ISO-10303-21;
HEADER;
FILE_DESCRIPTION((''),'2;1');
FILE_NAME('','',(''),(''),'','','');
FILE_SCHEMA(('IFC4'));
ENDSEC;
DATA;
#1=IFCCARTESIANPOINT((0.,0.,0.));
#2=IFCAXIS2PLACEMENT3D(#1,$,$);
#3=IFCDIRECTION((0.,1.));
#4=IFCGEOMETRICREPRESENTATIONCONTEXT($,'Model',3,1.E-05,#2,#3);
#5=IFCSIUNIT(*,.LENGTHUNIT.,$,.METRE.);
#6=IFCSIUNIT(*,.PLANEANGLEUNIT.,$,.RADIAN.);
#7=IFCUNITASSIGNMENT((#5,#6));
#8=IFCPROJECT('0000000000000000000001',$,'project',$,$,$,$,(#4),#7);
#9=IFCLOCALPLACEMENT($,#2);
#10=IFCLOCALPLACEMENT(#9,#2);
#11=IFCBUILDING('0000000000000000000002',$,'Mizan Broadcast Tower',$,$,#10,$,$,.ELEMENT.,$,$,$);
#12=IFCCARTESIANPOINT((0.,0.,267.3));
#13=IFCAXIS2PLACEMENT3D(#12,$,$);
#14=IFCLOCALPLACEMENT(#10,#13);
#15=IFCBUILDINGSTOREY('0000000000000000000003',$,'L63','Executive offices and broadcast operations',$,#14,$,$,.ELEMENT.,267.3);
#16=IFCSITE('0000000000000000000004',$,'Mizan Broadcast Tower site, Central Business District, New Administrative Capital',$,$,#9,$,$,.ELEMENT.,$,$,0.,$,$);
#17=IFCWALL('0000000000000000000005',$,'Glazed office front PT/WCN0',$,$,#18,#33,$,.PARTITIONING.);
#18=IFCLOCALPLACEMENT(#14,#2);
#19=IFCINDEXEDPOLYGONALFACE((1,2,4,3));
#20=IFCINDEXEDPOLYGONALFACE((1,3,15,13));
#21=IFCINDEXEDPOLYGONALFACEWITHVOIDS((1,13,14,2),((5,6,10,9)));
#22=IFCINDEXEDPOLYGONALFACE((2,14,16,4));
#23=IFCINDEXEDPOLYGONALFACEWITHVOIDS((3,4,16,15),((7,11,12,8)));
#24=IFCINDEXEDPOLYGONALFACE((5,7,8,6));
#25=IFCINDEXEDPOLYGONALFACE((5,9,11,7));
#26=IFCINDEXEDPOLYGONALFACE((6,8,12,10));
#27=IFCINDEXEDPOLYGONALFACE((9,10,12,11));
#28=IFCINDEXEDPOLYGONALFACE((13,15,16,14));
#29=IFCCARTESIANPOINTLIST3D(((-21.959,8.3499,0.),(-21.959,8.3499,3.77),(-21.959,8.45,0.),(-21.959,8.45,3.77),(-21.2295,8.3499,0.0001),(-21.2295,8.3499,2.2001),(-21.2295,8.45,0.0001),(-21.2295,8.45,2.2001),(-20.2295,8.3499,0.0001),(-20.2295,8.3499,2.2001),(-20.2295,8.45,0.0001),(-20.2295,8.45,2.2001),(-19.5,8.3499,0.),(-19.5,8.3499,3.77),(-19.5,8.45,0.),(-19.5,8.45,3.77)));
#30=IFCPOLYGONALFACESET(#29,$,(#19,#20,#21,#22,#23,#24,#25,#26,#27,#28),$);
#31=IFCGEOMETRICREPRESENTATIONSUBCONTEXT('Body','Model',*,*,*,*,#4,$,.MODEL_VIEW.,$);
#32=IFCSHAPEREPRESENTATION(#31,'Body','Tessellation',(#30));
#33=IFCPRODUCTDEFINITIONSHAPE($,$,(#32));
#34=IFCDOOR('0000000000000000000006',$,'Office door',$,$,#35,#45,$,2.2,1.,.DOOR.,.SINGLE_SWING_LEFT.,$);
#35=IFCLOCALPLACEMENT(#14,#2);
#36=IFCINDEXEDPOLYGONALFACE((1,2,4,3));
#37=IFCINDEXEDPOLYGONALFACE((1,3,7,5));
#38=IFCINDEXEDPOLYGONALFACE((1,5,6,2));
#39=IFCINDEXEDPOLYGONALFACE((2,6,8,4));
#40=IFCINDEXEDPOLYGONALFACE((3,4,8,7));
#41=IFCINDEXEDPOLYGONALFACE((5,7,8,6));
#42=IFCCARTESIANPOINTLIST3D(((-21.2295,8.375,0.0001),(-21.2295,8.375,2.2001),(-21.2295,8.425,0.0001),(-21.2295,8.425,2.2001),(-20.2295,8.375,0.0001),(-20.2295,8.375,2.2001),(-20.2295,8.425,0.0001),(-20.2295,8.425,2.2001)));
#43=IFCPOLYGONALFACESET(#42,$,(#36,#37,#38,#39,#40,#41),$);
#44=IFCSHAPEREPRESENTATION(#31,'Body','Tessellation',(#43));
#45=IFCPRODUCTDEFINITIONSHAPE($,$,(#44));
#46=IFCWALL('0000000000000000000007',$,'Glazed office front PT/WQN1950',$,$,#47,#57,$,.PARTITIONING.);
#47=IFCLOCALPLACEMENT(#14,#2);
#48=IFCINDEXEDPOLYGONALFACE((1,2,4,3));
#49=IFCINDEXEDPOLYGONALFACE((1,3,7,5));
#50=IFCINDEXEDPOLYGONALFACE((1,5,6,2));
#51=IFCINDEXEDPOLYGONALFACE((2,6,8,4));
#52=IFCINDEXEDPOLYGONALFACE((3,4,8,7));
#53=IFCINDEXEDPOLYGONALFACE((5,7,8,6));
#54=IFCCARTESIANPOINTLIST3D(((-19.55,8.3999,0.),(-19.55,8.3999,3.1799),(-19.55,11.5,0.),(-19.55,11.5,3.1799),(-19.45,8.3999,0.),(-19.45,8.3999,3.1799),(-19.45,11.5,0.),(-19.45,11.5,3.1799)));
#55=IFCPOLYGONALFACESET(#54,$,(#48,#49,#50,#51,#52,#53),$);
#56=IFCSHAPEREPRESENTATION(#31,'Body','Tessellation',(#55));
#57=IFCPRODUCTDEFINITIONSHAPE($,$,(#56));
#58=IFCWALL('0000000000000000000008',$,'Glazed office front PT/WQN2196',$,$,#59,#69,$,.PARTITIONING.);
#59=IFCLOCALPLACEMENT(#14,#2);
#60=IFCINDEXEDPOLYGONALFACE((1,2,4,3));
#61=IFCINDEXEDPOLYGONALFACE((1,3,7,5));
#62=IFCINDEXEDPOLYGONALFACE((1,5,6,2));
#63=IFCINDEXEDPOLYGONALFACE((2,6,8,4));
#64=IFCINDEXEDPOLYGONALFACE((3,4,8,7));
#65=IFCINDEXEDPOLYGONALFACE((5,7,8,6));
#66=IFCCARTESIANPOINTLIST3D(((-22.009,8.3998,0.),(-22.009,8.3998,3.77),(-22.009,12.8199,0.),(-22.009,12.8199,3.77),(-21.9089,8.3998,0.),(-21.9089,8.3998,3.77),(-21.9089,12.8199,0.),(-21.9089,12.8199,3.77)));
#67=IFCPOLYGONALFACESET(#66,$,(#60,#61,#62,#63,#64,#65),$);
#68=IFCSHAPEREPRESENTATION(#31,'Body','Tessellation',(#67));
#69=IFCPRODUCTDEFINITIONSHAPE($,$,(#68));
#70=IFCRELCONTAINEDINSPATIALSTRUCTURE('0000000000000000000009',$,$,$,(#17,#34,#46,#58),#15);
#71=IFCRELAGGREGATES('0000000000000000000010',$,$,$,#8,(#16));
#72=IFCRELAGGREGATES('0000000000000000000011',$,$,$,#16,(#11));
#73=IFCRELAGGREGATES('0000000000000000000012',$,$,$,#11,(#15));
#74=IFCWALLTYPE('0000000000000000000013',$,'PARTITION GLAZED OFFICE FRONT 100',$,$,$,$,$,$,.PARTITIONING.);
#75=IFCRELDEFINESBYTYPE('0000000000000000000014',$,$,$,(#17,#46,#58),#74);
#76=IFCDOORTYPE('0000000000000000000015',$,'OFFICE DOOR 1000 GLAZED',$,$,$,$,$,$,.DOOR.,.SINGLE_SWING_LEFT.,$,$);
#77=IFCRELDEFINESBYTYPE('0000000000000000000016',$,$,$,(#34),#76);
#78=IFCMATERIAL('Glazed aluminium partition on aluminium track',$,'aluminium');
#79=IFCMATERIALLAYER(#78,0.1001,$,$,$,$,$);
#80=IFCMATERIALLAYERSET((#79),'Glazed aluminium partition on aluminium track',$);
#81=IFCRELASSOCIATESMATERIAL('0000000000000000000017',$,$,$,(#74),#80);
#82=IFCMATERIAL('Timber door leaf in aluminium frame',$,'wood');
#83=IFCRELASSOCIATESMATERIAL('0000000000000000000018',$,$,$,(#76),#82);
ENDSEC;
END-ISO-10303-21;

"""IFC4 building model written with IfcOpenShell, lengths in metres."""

from ifc_helpers import new_model, si_unit, direction, frame, frame_2d, origin, place, context, subcontext, project, spatial, rectangle, extrude, material, layer, layer_set, type_object, element, fill, save


model = new_model("IFC4")

# Units and contexts
model_context = context("Model", 3, precision=1e-05, world=origin(), true_north=direction((0.0, 1.0)))
body_context = subcontext(model_context, "Body", "Model", "MODEL_VIEW")
ifc_project = project(units=[si_unit("LENGTHUNIT", "METRE"), si_unit("PLANEANGLEUNIT", "RADIAN")], contexts=[model_context])

# Site, building, storey
site_placement = place(None, origin())
site = spatial("IfcSite", under=ifc_project, at=site_placement, Name="Mizan Broadcast Tower site, Central Business District, New Administrative Capital", CompositionType="ELEMENT", RefElevation=0.0)
building_placement = place(site_placement, origin())
building = spatial("IfcBuilding", under=site, at=building_placement, Name="Mizan Broadcast Tower", CompositionType="ELEMENT")
storey_placement = place(building_placement, frame((0.0, 0.0, 267.3)))
storey = spatial("IfcBuildingStorey", under=building, at=storey_placement, Name="L63", Description="Executive offices and broadcast operations", CompositionType="ELEMENT", Elevation=267.3)

# Wall, opening, door
ifc_material_1 = material(Name="Glazed aluminium partition on aluminium track", Category="aluminium")
ifc_layer_1 = layer(ifc_material_1, 0.1001)
ifc_layer_set_1 = layer_set([ifc_layer_1], Name="Glazed aluminium partition on aluminium track")
wall_type = type_object("IfcWallType", Name="PARTITION GLAZED OFFICE FRONT 100", PredefinedType="PARTITIONING", material=ifc_layer_set_1)
wall_1_placement = place(storey_placement, frame((-19.5, 8.3999, 0.0), z_axis=(0.0, 0.0, 1.0), x_axis=(-1.0, 0.0, 0.0)))
wall_1 = element("IfcWall", 1, at=wall_1_placement, inside=storey, type_object=wall_type, Name="Glazed office front PT/WCN0", PredefinedType="PARTITIONING", context=body_context, shape_type="SweptSolid", body=[
    extrude(rectangle(XDim=2.459, YDim=0.1001, at=frame_2d((1.2295, 0.0))), origin(), (0.0, 0.0, 1.0), 3.77),
])
opening_placement = place(wall_1_placement, frame((0.7295, 0.0, 0.0)))
opening = element("IfcOpeningElement", 2, at=opening_placement, cuts=wall_1, PredefinedType="OPENING", context=body_context, shape_type="SweptSolid", body=[
    extrude(rectangle(XDim=1.0, YDim=2.2, at=frame_2d((0.5, 1.1001))), frame((0.0, 0.0601, 0.0), z_axis=(0.0, -1.0, 0.0), x_axis=(1.0, 0.0, 0.0)), (0.0, 0.0, 1.0), 0.1201),
])
ifc_material_2 = material(Name="Timber door leaf in aluminium frame", Category="wood")
door_type = type_object("IfcDoorType", Name="OFFICE DOOR 1000 GLAZED", OperationType="SINGLE_SWING_LEFT", PredefinedType="DOOR", material=ifc_material_2)
door_placement = place(opening_placement, origin())
door = element("IfcDoor", 3, at=door_placement, inside=storey, type_object=door_type, Name="Office door", OperationType="SINGLE_SWING_LEFT", OverallHeight=2.2, OverallWidth=1.0, PredefinedType="DOOR", context=body_context, shape_type="SweptSolid", body=[
    extrude(rectangle(XDim=1.0, YDim=2.2, at=frame_2d((0.5, 1.1001))), frame((0.0, 0.0249, 0.0), z_axis=(0.0, -1.0, 0.0), x_axis=(1.0, 0.0, 0.0)), (0.0, 0.0, 1.0), 0.05),
])
fill(opening, door)

# Walls
wall_2_placement = place(storey_placement, frame((-19.5, 8.3999, 0.0), z_axis=(0.0, 0.0, 1.0), x_axis=(0.0, 1.0, 0.0)))
element("IfcWall", 4, at=wall_2_placement, inside=storey, type_object=wall_type, Name="Glazed office front PT/WQN1950", PredefinedType="PARTITIONING", context=body_context, shape_type="SweptSolid", body=[
    extrude(rectangle(XDim=3.1001, YDim=0.1001, at=frame_2d((1.55, 0.0))), origin(), (0.0, 0.0, 1.0), 3.1799),
])
wall_3_placement = place(storey_placement, frame((-21.959, 8.3999, 0.0), z_axis=(0.0, 0.0, 1.0), x_axis=(0.0, 1.0, 0.0)))
element("IfcWall", 5, at=wall_3_placement, inside=storey, type_object=wall_type, Name="Glazed office front PT/WQN2196", PredefinedType="PARTITIONING", context=body_context, shape_type="SweptSolid", body=[
    extrude(rectangle(XDim=4.4202, YDim=0.1001, at=frame_2d((2.21, 0.0))), origin(), (0.0, 0.0, 1.0), 3.77),
])

save(model, "model.ifc")
